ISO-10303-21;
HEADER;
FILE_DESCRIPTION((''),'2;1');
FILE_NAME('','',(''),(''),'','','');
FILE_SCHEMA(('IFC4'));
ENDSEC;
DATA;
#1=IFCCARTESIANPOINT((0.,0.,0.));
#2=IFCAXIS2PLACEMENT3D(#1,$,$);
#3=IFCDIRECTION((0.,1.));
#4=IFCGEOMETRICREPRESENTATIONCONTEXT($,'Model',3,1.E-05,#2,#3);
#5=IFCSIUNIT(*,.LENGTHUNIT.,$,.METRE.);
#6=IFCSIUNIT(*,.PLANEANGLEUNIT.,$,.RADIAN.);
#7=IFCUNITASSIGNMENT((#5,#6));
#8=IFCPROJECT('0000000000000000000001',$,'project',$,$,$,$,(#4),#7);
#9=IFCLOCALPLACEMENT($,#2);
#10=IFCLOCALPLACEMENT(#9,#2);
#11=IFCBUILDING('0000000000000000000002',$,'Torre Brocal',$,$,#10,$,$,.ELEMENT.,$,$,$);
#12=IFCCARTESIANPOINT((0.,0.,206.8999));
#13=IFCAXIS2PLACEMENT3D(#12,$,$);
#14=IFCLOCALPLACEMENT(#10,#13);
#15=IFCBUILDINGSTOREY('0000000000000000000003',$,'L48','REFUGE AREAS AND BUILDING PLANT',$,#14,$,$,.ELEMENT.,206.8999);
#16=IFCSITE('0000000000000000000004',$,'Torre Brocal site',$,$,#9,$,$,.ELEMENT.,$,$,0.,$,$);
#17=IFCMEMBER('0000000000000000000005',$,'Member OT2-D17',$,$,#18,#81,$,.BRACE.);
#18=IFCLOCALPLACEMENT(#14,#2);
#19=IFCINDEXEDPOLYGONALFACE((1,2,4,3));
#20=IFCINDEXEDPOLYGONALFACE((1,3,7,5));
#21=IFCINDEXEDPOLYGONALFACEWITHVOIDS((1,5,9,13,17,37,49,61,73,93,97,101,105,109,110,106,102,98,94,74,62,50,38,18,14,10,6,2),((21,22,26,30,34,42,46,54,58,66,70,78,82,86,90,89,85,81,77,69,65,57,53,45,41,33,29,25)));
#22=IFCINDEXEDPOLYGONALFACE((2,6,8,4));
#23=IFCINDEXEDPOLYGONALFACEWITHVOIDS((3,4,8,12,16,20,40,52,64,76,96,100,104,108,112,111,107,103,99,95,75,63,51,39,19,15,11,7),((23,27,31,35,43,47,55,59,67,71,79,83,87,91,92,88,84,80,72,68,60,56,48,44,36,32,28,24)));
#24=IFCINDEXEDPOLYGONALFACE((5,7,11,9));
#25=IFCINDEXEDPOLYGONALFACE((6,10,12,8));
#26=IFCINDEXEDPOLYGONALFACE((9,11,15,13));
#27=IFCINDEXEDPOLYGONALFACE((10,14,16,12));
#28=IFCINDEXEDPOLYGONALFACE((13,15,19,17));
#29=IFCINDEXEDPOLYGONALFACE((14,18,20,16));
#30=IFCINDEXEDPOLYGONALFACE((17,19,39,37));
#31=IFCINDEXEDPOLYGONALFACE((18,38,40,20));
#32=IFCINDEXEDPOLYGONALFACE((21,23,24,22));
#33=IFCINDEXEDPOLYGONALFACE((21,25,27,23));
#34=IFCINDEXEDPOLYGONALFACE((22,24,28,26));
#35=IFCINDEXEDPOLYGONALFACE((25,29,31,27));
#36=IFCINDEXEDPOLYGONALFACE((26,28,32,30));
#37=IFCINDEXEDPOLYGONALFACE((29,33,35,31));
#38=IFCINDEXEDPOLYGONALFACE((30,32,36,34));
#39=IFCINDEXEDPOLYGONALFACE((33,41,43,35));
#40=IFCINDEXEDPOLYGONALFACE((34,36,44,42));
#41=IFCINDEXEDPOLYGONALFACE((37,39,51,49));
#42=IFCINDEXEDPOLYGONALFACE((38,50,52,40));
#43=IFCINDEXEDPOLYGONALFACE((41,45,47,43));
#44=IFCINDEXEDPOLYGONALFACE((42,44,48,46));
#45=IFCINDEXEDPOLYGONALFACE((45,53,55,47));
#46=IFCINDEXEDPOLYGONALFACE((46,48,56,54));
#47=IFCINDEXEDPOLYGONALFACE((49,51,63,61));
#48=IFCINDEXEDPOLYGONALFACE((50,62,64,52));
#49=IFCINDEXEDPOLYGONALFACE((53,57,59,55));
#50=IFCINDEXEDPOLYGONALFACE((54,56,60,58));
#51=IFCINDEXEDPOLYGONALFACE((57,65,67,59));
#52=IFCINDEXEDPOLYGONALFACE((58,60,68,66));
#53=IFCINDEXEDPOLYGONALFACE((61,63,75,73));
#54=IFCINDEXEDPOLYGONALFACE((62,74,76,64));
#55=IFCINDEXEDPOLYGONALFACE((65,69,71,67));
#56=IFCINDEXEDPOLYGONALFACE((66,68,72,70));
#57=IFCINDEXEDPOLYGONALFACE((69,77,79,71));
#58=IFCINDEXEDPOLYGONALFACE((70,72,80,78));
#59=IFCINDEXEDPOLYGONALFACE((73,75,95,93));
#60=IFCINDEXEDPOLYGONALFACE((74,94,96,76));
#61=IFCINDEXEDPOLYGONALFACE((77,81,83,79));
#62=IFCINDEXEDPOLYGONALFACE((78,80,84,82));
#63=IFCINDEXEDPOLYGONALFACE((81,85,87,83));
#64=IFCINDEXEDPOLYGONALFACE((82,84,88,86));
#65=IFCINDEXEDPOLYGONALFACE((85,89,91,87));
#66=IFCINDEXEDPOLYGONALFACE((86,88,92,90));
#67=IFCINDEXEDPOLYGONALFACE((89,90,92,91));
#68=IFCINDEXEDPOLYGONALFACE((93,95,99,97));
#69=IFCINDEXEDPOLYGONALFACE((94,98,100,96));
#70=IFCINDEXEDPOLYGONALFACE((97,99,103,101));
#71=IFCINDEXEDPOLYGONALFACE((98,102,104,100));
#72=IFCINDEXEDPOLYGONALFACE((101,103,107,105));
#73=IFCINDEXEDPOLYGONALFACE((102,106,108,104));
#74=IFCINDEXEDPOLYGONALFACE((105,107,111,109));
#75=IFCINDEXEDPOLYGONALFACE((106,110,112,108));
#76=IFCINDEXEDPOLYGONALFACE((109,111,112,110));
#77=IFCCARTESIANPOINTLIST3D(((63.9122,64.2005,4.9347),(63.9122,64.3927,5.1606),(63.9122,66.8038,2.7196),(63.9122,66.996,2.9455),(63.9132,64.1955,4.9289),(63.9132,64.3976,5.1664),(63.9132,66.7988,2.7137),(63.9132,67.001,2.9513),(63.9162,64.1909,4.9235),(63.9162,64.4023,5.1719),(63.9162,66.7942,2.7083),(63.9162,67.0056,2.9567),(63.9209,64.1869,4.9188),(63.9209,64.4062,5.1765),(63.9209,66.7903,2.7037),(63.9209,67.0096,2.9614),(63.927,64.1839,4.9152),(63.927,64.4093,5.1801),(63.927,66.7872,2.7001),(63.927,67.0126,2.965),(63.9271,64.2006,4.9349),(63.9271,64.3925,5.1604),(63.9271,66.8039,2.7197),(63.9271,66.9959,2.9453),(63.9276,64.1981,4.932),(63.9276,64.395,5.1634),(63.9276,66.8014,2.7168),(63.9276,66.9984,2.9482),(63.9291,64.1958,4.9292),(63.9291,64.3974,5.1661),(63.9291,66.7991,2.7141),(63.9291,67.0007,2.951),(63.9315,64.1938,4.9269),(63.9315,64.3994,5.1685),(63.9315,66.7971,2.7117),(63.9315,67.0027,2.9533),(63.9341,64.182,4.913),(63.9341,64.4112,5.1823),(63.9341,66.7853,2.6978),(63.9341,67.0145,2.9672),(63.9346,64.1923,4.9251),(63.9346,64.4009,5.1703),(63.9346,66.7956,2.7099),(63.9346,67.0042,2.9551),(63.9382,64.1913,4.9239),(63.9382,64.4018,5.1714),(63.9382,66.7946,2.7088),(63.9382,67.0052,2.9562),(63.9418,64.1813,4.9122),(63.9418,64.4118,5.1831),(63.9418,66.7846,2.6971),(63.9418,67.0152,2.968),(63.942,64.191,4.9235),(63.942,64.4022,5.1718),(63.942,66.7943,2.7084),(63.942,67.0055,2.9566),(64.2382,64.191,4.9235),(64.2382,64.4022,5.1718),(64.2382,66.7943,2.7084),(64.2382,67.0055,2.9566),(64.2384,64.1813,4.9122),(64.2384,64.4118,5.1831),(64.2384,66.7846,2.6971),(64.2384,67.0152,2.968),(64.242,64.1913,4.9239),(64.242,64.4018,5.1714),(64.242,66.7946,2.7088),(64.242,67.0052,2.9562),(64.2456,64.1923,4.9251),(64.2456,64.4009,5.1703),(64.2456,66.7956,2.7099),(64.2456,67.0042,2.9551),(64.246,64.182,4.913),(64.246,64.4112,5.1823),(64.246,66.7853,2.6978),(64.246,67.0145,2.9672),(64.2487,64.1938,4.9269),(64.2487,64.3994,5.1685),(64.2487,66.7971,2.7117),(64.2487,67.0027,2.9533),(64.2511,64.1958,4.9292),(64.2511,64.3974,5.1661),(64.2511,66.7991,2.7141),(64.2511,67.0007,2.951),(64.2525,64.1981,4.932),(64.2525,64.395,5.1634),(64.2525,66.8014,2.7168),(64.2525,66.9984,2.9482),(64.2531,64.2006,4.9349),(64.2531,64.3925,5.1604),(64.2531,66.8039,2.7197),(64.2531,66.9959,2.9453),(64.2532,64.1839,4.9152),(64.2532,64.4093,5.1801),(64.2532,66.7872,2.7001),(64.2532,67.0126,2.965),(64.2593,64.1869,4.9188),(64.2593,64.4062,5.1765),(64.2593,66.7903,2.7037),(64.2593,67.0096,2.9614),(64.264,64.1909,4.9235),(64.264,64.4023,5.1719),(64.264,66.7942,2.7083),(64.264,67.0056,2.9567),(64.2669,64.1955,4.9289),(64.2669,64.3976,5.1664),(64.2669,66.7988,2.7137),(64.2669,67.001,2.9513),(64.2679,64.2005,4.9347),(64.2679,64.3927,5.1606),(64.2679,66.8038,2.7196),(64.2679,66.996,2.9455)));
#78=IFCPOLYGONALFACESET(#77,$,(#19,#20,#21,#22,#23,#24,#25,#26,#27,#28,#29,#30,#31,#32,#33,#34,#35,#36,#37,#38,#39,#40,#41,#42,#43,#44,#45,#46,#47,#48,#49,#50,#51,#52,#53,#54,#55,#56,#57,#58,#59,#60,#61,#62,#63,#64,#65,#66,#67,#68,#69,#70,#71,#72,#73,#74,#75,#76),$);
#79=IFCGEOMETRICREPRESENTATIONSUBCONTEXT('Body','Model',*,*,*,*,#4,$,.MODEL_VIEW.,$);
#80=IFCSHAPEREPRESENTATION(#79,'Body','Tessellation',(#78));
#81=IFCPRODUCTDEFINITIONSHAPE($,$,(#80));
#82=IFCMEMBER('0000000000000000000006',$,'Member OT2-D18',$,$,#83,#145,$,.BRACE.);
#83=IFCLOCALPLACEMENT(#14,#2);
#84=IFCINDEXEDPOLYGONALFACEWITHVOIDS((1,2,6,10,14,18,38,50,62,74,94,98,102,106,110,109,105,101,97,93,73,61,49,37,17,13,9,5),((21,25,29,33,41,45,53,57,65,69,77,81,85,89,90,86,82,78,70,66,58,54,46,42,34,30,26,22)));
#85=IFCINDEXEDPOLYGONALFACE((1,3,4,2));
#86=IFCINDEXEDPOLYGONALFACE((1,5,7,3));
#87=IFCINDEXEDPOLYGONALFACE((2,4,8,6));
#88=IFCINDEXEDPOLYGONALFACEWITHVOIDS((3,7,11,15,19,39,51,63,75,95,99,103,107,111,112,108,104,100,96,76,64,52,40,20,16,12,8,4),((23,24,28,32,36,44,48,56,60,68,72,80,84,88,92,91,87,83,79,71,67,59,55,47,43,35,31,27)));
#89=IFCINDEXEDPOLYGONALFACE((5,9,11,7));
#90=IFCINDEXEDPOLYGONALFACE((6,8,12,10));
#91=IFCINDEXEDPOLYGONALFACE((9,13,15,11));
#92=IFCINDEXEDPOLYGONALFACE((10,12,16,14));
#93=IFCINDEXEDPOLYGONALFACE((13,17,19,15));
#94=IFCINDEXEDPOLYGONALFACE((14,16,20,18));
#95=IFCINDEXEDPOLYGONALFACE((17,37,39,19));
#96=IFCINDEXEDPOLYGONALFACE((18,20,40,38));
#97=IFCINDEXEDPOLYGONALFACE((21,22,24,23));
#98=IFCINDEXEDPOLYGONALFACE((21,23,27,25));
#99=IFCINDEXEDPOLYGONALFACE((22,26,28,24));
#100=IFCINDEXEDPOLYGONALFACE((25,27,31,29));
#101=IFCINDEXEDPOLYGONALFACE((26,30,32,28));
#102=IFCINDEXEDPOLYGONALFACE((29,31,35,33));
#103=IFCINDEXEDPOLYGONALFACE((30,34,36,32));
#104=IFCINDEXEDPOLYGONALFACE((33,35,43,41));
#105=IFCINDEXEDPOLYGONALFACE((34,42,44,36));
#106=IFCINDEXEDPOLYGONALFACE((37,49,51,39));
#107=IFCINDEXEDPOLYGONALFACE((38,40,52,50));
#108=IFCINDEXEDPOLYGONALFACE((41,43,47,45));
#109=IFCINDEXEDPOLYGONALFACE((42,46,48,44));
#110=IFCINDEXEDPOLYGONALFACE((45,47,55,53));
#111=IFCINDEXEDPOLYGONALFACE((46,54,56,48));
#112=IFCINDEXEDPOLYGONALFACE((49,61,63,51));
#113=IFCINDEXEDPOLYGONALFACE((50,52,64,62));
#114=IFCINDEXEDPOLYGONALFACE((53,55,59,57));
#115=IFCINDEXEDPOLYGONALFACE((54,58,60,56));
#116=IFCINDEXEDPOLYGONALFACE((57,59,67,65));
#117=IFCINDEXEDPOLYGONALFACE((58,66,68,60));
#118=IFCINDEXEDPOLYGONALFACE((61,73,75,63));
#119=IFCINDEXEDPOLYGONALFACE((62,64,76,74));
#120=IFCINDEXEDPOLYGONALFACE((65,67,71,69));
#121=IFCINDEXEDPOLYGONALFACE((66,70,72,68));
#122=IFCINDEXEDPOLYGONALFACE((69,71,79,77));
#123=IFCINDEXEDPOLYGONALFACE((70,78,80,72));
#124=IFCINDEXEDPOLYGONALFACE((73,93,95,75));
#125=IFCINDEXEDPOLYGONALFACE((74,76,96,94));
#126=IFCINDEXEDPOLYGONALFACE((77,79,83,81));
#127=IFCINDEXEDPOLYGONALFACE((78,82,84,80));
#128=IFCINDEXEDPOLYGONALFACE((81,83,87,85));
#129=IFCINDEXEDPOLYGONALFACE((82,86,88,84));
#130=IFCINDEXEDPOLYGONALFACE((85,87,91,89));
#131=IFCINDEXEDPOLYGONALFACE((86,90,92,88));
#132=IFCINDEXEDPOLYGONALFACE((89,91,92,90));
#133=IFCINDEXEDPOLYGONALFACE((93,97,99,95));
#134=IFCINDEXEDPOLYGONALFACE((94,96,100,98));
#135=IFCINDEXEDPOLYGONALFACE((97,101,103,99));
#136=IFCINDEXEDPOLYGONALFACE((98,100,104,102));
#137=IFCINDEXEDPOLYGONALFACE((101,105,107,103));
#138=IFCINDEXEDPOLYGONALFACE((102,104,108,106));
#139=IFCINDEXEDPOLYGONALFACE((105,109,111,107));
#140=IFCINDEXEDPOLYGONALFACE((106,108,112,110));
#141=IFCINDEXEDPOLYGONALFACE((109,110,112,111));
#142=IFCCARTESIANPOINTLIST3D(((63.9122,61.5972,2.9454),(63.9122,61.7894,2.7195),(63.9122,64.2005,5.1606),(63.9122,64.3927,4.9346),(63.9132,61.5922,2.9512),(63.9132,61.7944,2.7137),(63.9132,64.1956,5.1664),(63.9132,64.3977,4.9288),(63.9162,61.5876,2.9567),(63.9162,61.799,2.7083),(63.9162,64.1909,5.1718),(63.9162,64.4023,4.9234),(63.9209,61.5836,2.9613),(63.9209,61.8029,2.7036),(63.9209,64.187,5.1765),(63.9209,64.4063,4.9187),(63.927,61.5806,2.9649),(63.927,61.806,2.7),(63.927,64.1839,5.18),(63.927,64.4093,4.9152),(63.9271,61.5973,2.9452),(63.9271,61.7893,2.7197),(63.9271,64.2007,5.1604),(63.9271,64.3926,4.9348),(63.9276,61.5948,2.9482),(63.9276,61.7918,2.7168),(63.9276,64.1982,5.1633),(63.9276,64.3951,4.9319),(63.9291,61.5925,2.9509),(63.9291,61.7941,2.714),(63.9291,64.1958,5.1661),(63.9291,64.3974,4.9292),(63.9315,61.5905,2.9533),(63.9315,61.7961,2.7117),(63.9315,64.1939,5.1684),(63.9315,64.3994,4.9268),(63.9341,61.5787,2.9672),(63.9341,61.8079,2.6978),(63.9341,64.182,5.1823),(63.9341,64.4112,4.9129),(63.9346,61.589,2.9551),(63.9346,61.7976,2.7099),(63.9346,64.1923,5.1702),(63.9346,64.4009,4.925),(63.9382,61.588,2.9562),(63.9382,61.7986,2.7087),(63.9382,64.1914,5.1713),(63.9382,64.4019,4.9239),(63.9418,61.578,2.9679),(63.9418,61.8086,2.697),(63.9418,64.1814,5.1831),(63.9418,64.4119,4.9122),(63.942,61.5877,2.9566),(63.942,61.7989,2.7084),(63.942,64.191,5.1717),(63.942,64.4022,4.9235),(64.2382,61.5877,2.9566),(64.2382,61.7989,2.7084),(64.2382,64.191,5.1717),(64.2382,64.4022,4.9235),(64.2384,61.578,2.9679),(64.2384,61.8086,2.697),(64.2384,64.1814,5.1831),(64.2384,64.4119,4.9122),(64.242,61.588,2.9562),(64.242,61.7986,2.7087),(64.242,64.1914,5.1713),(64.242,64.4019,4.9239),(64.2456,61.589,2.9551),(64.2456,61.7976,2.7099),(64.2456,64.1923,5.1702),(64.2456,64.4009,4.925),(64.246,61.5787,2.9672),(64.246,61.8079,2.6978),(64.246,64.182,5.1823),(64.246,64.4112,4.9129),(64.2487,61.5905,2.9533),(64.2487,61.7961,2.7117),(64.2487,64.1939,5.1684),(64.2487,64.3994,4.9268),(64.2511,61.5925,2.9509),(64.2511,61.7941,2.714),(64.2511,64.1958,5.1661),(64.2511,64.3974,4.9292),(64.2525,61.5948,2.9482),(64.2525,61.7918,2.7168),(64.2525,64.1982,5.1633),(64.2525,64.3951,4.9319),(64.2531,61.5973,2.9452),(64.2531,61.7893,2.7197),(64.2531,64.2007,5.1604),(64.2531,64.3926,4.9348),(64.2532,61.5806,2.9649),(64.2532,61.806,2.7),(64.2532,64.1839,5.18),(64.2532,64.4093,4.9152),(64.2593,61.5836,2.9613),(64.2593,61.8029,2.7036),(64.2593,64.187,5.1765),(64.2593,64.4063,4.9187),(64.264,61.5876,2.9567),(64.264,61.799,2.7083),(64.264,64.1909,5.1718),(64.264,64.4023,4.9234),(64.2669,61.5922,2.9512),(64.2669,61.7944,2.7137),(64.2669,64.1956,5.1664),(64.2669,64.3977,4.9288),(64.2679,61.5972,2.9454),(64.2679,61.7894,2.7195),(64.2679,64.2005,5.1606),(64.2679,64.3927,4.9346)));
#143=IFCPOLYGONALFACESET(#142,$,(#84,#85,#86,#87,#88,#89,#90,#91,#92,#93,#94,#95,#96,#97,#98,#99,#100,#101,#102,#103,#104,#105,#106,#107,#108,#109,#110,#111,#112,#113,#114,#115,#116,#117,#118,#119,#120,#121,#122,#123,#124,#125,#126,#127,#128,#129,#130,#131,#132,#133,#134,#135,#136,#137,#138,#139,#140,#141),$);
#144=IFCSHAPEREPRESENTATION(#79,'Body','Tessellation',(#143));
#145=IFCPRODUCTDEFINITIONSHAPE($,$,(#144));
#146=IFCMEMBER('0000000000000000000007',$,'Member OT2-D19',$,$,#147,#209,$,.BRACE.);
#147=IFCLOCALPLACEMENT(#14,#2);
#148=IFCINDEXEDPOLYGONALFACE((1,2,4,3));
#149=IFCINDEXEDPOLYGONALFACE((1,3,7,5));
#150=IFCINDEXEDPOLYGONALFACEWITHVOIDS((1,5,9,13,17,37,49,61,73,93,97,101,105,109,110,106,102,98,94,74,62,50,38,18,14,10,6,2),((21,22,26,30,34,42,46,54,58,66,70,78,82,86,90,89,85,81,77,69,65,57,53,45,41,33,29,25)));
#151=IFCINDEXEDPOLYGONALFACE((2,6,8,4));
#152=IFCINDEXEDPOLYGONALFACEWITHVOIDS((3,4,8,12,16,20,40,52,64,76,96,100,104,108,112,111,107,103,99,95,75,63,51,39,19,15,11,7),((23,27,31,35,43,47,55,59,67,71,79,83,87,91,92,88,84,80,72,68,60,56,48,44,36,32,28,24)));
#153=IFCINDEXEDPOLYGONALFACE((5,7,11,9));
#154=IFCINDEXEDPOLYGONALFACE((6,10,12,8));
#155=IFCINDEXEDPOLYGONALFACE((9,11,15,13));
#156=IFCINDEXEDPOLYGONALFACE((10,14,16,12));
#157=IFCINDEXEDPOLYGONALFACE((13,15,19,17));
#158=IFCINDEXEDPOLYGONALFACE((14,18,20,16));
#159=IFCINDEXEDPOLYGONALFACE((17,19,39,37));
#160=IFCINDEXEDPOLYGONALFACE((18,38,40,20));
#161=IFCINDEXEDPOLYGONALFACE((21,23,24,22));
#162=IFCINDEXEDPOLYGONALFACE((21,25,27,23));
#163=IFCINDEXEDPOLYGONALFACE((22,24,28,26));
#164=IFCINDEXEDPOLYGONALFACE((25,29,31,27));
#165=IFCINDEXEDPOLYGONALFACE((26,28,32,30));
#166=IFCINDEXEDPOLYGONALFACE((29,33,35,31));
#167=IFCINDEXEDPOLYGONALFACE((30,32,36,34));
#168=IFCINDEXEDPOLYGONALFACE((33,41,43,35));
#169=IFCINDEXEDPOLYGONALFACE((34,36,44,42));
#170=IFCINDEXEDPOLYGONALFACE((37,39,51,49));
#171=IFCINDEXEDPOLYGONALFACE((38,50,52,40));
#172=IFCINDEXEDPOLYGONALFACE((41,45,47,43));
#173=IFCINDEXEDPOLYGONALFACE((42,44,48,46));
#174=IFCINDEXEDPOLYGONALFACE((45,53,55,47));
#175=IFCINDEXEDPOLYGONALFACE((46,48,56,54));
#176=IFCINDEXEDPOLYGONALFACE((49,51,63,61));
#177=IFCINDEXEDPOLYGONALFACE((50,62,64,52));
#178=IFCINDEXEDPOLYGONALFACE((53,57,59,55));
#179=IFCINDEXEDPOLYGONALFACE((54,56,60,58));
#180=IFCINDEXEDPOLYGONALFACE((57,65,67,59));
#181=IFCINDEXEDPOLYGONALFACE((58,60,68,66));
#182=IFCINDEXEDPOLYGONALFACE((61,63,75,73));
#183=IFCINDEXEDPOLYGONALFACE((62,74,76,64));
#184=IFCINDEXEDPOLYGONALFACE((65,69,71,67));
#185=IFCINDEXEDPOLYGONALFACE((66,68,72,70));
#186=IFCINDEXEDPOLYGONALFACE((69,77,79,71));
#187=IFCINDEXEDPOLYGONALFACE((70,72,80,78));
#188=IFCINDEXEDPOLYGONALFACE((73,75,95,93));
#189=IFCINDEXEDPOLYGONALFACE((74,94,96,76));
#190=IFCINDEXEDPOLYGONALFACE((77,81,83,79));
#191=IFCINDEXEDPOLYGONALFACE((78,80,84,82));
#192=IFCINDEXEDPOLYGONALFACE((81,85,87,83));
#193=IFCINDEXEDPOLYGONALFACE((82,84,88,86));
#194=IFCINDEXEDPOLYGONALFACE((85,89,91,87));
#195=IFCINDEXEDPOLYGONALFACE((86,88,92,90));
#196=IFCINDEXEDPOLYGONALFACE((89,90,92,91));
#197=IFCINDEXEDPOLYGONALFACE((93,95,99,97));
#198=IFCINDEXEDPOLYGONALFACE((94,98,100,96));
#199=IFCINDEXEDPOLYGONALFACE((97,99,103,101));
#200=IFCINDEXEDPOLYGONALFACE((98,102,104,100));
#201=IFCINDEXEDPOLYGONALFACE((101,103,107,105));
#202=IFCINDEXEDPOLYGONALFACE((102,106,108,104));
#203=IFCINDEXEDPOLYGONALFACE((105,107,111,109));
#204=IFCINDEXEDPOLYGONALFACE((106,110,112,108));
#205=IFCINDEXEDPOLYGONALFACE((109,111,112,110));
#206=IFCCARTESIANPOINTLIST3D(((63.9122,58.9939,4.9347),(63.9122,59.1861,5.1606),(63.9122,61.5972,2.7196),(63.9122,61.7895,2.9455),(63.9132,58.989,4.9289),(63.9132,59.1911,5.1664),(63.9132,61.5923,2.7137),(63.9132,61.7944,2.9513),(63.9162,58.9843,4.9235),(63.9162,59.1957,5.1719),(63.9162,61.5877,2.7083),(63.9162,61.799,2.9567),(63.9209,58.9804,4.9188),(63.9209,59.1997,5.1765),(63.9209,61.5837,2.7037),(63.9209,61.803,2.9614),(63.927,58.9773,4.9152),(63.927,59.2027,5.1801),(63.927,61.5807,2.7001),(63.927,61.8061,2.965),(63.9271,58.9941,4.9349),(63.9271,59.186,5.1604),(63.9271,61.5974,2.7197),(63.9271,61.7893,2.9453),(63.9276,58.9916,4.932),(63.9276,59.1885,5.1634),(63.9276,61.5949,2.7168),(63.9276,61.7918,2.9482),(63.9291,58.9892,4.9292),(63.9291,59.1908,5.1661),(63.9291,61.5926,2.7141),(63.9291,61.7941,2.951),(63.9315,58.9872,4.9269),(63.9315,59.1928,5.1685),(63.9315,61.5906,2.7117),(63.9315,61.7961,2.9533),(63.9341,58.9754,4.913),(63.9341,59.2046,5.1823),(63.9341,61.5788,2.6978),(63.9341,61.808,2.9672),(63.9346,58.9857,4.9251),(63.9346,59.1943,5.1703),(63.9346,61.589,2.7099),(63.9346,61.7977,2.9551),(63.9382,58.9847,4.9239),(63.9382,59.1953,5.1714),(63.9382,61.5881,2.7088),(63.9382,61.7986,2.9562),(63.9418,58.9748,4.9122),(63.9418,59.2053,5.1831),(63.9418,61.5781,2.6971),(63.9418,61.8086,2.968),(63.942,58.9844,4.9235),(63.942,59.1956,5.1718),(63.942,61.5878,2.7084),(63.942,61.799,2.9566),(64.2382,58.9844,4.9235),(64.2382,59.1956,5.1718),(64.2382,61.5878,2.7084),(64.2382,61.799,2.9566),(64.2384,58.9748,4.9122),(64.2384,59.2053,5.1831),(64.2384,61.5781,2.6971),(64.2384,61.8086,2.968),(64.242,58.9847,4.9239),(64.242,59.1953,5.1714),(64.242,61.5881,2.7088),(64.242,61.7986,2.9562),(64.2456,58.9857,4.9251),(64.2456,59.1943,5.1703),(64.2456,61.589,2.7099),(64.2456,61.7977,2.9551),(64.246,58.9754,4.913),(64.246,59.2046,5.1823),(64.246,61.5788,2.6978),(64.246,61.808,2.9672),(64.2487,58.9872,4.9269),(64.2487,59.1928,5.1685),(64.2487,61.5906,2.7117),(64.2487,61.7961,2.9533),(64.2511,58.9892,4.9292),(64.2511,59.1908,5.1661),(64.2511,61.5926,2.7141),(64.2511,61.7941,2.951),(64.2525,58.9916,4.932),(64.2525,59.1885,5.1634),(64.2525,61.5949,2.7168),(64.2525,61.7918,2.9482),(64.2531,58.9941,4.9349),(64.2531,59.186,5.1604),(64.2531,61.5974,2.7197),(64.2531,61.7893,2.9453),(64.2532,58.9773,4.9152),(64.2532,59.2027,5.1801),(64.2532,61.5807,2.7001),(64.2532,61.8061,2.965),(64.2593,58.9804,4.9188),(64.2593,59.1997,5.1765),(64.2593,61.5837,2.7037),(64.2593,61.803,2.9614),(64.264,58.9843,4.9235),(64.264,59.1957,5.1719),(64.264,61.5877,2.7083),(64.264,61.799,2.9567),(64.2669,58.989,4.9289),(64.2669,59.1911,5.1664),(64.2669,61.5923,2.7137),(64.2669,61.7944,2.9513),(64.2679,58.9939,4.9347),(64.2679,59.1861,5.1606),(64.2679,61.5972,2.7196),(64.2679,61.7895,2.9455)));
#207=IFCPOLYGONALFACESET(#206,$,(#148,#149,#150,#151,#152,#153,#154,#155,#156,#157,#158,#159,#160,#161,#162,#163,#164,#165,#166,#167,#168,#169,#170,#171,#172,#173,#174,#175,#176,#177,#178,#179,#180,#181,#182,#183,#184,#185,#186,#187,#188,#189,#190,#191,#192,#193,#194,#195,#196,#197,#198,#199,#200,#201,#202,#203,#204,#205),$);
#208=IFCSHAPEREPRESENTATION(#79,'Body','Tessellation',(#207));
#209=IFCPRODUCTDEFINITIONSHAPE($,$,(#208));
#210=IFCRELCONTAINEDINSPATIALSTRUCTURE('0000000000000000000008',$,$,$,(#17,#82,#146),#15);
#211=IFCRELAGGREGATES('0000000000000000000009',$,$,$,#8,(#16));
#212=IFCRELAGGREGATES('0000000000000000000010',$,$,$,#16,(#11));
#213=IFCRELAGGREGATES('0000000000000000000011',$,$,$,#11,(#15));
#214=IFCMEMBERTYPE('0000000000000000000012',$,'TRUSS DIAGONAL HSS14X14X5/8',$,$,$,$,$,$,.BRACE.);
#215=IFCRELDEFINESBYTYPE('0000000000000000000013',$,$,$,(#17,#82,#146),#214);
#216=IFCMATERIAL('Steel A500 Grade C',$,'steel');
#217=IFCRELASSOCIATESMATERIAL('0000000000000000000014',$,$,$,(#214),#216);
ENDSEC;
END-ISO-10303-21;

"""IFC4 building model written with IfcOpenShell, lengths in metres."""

from ifc_helpers import new_model, si_unit, direction, frame, origin, origin_2d, place, context, subcontext, project, spatial, hollow_rectangle, extrude, material, material_profile, profile_set, type_object, element, save


model = new_model("IFC4")

# Units and contexts
model_context = context("Model", 3, precision=1e-05, world=origin(), true_north=direction((0.0, 1.0)))
body_context = subcontext(model_context, "Body", "Model", "MODEL_VIEW")
ifc_project = project(units=[si_unit("LENGTHUNIT", "METRE"), si_unit("PLANEANGLEUNIT", "RADIAN")], contexts=[model_context])

# Site, building, storey
site_placement = place(None, origin())
site = spatial("IfcSite", under=ifc_project, at=site_placement, Name="Torre Brocal site", CompositionType="ELEMENT", RefElevation=0.0)
building_placement = place(site_placement, origin())
building = spatial("IfcBuilding", under=site, at=building_placement, Name="Torre Brocal", CompositionType="ELEMENT")
storey_placement = place(building_placement, frame((0.0, 0.0, 206.8999)))
storey = spatial("IfcBuildingStorey", under=building, at=storey_placement, Name="L48", Description="REFUGE AREAS AND BUILDING PLANT", CompositionType="ELEMENT", Elevation=206.8999)

# Members
ifc_material_1 = material(Name="Steel A500 Grade C", Category="steel")
ifc_material_profile_1 = material_profile(ifc_material_1, hollow_rectangle(XDim=0.3557, YDim=0.3557, WallThickness=0.0149, InnerFilletRadius=0.0149, OuterFilletRadius=0.0295, at=origin_2d()), Name="HSS14X14X5/8")
ifc_profile_set_1 = profile_set([ifc_material_profile_1], Name="Steel A500 Grade C")
member_type_1 = type_object("IfcMemberType", Name="TRUSS DIAGONAL HSS14X14X5/8", PredefinedType="BRACE", material=ifc_profile_set_1)
for number, where, z_axis, x_axis, name in (
    (1, (64.0901, 66.8999, 2.8325), (0.0, -0.761606, 0.64804), (1.0, 0.0, 0.0), "Member OT2-D17"),
    (2, (64.0901, 64.2966, 5.0476), (0.0, -0.761606, -0.64804), (1.0, 0.0, 0.0), "Member OT2-D18"),
    (3, (64.0901, 61.6934, 2.8325), (0.0, -0.761606, 0.64804), (1.0, 0.0, 0.0), "Member OT2-D19"),
):
    element("IfcMember", number, at=place(storey_placement, frame(where, z_axis=z_axis, x_axis=x_axis)), inside=storey, type_object=member_type_1, Name=name, PredefinedType="BRACE", context=body_context, shape_type="SweptSolid", body=[
        extrude(hollow_rectangle(XDim=0.3557, YDim=0.3557, WallThickness=0.0149, InnerFilletRadius=0.0149, OuterFilletRadius=0.0295, at=origin_2d()), origin(), (0.0, 0.0, 1.0), 3.4182),
    ])

save(model, "model.ifc")
